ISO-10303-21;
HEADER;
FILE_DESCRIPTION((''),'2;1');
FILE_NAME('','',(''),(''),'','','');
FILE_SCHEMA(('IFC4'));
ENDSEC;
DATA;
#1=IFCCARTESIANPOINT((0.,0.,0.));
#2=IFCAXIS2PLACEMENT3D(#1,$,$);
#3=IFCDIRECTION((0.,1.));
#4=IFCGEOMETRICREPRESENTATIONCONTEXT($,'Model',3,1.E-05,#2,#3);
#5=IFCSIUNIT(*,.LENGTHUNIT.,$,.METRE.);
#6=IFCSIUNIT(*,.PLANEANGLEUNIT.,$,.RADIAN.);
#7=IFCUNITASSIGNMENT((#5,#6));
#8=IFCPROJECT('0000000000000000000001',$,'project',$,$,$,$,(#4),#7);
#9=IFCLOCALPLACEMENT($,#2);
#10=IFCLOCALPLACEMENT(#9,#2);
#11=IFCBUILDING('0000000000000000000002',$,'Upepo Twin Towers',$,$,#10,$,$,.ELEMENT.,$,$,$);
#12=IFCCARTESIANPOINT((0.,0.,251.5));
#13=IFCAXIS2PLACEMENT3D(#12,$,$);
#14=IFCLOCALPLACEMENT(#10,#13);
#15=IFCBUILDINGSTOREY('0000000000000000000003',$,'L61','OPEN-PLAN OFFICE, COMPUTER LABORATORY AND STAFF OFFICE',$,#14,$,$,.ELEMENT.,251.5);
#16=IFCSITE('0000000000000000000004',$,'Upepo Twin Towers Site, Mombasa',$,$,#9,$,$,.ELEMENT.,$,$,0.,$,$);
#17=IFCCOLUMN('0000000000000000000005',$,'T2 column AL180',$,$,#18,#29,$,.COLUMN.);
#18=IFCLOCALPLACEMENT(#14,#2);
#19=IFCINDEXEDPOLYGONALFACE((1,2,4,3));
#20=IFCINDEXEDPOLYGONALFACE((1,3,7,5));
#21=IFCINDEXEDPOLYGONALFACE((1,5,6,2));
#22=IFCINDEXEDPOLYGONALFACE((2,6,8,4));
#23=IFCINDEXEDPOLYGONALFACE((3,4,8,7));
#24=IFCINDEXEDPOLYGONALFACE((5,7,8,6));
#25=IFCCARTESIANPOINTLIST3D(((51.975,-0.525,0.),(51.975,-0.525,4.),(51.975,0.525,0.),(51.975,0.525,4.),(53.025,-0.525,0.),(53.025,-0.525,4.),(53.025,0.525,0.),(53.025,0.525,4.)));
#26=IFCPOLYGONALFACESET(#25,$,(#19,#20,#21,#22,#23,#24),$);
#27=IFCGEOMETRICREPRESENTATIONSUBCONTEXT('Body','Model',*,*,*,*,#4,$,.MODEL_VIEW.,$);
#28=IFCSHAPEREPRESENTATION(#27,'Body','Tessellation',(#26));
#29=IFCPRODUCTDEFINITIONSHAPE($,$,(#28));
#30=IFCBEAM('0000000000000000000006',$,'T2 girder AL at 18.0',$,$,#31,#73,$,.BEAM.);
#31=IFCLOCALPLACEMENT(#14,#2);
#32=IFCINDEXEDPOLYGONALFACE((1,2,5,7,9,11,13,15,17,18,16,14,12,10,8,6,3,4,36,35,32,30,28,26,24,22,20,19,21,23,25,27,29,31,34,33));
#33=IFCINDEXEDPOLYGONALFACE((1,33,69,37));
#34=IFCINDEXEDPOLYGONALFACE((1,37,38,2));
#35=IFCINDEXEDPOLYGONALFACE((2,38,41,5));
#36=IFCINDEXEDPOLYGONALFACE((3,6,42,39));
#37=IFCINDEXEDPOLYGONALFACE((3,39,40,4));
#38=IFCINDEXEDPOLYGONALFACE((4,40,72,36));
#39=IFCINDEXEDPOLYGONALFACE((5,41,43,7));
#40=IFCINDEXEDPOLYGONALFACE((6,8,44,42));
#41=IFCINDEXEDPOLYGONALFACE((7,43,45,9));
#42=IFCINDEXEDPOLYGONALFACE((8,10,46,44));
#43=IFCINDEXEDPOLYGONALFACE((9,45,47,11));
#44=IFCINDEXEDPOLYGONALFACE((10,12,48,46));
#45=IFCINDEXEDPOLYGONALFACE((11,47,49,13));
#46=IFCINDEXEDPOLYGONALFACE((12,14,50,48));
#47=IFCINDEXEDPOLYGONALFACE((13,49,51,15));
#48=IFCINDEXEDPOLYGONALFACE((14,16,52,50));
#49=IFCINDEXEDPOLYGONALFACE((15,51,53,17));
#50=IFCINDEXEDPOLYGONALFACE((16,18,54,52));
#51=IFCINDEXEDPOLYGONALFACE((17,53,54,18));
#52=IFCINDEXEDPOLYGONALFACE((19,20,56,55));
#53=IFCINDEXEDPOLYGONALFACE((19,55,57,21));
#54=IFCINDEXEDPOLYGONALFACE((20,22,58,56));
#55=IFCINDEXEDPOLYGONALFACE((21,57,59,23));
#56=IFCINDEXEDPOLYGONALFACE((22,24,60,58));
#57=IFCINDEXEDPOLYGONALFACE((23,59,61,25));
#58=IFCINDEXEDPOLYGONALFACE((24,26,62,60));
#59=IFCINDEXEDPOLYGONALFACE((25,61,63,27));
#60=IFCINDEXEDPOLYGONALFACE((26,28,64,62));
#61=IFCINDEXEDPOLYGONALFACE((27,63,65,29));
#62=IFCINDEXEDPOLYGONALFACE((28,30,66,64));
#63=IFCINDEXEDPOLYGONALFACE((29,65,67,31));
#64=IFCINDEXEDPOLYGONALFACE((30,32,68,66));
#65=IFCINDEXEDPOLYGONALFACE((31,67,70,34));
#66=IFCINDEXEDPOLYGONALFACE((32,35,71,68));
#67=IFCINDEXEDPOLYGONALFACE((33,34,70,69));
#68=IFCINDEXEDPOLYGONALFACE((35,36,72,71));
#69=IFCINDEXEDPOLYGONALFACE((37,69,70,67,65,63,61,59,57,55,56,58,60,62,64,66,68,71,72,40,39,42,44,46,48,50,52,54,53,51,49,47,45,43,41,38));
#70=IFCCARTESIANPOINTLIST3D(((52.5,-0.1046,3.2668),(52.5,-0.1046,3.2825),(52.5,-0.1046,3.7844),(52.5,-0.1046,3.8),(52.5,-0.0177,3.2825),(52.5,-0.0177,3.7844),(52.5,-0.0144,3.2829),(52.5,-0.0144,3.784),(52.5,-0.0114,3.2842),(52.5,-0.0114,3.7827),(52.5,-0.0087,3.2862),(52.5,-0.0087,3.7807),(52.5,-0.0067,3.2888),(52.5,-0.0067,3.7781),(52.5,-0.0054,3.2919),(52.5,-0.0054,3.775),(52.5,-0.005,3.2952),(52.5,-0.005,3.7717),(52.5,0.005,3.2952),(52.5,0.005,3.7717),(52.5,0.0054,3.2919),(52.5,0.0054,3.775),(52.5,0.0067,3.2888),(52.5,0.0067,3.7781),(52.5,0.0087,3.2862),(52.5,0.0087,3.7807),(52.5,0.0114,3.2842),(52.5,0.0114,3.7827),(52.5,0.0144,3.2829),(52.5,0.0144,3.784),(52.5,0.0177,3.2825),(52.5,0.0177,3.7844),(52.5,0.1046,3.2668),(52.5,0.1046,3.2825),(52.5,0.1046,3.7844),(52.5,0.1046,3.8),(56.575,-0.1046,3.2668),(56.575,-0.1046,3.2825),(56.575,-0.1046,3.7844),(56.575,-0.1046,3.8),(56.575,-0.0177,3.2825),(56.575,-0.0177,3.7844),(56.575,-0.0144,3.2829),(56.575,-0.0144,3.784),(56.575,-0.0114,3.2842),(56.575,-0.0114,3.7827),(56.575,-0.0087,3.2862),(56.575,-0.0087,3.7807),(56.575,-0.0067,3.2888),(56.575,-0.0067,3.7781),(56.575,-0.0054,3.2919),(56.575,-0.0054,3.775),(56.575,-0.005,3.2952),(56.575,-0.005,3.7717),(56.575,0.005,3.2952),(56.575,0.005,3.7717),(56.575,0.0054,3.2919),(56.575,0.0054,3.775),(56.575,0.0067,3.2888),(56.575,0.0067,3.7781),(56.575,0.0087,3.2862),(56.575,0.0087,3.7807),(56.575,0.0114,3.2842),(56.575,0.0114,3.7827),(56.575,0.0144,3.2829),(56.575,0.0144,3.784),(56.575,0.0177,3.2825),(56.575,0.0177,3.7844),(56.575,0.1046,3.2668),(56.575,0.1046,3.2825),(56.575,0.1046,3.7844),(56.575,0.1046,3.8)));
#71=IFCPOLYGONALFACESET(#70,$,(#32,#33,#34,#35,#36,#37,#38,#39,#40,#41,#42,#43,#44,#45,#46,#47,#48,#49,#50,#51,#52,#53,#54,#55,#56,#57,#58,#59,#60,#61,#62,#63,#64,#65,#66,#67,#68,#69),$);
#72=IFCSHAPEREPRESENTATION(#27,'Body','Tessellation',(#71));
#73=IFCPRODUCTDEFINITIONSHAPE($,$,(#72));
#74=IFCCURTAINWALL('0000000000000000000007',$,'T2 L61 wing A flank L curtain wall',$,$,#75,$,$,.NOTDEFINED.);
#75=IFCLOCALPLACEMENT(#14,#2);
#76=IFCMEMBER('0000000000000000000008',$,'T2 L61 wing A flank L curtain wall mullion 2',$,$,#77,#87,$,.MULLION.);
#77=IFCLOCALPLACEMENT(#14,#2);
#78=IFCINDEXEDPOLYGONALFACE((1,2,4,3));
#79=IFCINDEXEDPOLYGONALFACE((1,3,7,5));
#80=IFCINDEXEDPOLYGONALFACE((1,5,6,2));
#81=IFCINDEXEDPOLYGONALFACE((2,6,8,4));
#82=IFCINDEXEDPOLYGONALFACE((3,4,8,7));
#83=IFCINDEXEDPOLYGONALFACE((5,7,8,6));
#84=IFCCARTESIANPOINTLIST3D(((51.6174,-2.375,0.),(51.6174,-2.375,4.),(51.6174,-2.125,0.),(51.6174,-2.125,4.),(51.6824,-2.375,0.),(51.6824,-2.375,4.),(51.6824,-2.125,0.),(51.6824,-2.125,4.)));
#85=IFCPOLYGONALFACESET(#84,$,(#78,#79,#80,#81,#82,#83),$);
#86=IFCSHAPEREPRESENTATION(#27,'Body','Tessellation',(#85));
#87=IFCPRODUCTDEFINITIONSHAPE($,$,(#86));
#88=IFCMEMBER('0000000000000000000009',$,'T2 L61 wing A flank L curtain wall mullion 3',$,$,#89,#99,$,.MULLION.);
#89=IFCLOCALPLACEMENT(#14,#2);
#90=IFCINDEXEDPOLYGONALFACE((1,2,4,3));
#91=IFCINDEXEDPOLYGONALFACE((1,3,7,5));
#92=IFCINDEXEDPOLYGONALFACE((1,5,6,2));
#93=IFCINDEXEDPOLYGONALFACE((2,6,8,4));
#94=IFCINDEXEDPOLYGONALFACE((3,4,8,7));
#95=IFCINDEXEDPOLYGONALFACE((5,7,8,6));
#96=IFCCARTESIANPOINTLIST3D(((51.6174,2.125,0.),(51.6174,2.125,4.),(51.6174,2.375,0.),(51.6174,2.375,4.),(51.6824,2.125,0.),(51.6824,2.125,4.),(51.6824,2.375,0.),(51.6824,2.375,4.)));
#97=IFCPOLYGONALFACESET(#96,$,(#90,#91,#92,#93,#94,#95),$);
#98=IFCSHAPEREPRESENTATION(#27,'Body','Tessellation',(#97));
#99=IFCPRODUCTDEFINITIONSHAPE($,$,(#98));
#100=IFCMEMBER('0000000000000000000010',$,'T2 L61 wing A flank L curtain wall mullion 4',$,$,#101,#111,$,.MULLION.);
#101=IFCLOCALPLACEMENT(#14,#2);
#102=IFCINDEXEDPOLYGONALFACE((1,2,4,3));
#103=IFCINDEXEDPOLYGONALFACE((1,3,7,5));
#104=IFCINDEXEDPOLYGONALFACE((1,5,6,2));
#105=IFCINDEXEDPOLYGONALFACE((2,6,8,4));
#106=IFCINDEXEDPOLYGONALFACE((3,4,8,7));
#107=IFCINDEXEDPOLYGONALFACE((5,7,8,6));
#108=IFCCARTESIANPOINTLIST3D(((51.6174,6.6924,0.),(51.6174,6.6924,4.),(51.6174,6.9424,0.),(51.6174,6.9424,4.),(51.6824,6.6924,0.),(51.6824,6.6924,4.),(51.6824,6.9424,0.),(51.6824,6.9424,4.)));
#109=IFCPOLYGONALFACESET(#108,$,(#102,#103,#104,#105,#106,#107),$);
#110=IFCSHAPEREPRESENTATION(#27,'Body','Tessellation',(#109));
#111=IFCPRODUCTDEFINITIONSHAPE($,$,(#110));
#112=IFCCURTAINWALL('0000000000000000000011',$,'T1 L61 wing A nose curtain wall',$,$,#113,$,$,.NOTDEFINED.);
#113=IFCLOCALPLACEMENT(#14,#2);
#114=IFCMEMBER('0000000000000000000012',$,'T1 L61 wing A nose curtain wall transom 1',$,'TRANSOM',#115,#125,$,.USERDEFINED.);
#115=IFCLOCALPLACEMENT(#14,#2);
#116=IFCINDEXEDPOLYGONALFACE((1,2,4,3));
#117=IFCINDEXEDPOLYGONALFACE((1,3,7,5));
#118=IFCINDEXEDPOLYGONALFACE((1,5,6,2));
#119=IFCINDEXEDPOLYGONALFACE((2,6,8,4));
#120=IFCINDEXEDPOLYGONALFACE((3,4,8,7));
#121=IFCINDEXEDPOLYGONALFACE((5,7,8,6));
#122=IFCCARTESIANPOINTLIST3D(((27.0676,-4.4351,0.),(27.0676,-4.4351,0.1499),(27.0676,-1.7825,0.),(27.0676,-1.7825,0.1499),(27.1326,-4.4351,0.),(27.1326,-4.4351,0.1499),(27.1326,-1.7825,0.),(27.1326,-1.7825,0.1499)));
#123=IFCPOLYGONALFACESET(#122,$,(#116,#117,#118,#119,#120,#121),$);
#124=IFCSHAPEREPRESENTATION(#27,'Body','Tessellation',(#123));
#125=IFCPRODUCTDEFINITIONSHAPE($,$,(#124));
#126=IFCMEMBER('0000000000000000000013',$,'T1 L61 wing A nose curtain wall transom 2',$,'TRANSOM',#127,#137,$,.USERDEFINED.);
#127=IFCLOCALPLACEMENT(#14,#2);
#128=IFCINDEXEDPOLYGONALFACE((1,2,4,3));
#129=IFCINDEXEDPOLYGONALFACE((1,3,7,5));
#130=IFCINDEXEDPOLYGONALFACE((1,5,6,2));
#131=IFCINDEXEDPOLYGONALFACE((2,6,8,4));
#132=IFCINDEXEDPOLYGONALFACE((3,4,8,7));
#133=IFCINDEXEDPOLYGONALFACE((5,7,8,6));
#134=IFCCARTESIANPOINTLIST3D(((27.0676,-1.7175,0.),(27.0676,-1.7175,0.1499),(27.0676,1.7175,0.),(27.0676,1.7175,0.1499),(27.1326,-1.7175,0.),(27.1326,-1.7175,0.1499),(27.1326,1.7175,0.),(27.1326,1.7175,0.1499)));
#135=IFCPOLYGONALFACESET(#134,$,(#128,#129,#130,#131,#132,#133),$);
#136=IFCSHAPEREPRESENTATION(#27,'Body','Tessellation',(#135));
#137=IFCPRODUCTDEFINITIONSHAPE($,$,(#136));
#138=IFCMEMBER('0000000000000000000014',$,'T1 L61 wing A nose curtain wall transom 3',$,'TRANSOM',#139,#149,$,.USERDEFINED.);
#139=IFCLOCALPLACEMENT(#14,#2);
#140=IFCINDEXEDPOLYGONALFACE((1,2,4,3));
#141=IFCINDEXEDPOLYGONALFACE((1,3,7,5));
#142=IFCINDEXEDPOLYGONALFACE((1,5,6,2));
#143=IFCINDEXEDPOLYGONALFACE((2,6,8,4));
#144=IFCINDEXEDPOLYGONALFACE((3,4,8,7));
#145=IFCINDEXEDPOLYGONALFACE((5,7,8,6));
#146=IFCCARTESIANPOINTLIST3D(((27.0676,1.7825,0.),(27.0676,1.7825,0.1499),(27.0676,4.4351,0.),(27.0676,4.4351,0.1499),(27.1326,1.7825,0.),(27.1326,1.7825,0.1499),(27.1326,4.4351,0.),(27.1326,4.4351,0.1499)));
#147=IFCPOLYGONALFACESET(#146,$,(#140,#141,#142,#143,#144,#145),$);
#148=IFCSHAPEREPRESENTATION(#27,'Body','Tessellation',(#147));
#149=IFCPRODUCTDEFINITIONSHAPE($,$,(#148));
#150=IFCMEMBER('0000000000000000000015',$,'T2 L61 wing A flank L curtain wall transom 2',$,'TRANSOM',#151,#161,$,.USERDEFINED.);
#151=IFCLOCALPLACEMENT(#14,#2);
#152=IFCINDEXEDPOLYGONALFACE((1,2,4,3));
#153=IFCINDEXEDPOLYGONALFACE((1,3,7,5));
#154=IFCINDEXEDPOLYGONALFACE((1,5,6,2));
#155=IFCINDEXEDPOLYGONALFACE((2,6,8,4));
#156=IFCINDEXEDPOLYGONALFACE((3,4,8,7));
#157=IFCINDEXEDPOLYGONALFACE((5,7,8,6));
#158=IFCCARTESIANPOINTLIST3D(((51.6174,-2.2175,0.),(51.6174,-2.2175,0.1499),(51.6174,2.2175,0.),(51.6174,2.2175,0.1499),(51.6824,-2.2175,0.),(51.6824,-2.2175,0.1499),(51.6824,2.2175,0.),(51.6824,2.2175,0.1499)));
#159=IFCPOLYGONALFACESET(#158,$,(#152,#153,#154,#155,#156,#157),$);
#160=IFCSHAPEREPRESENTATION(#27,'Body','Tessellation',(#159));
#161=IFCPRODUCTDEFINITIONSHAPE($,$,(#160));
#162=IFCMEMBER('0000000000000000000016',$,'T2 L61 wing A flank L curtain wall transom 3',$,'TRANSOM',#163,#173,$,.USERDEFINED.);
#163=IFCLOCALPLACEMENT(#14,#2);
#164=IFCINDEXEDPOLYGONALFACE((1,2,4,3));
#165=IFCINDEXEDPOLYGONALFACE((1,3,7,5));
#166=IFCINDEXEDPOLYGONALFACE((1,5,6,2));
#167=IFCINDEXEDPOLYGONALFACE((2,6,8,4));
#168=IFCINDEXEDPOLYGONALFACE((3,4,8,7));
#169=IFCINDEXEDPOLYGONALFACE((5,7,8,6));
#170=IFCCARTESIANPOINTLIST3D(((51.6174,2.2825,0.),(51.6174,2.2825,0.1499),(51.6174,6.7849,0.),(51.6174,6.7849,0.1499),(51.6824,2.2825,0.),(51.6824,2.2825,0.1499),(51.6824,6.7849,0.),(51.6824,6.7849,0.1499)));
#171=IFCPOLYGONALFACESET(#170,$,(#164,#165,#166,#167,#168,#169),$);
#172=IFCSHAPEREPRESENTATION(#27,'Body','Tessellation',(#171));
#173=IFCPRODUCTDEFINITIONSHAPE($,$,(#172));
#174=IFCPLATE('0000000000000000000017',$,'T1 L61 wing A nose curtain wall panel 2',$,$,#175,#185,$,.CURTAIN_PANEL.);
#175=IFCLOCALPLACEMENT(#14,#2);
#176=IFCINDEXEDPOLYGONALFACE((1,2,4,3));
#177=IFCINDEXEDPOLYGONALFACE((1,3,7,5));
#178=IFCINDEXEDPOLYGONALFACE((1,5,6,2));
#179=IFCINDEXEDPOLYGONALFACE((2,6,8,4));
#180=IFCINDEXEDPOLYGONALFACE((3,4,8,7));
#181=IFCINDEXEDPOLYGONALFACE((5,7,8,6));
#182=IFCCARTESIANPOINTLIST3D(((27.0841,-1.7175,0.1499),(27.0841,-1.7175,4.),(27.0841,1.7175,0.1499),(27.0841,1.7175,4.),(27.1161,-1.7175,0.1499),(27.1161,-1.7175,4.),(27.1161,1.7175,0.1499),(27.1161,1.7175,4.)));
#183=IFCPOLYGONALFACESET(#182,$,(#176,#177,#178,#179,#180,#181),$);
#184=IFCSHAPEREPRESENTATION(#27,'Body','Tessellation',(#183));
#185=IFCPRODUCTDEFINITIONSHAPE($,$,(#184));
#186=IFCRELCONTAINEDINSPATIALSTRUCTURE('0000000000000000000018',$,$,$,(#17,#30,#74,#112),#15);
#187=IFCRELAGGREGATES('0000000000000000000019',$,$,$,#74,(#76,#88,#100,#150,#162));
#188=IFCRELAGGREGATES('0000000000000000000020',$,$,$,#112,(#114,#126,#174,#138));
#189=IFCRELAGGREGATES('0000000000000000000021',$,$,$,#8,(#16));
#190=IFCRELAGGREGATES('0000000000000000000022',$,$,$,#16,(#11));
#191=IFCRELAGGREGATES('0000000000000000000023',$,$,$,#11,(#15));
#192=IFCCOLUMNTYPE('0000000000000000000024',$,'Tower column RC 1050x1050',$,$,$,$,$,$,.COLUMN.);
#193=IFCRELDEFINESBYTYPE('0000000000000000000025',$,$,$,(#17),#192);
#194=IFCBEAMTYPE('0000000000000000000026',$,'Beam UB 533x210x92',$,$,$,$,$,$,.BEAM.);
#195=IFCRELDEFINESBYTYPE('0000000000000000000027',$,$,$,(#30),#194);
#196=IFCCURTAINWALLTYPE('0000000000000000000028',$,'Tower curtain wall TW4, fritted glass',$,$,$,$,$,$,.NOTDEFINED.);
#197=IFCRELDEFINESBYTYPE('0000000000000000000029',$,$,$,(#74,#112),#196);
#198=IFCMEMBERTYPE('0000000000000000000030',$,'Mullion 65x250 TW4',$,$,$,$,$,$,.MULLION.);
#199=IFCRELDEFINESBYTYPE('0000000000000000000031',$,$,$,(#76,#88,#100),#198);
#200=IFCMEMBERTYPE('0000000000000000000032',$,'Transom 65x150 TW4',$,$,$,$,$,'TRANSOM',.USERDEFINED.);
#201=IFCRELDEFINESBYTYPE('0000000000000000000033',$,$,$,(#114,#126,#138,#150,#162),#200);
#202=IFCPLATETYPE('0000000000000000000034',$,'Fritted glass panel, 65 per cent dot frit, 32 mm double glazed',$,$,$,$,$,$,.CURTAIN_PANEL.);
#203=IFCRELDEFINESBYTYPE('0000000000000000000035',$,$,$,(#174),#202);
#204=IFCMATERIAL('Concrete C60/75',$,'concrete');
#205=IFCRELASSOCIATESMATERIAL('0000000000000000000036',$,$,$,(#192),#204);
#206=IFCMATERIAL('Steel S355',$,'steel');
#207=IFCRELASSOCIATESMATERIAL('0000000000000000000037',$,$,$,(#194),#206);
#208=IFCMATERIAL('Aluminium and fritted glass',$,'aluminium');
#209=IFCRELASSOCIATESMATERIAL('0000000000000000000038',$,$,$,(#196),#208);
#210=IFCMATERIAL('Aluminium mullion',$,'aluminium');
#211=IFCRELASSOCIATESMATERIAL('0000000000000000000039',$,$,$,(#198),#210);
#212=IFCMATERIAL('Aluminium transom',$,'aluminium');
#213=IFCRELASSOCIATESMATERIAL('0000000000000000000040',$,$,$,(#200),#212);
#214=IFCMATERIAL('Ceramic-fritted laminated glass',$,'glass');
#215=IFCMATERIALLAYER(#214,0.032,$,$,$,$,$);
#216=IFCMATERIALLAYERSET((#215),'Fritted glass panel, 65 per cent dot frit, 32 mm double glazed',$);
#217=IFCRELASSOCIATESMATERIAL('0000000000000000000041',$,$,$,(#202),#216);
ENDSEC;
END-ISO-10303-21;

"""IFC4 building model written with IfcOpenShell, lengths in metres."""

from ifc_helpers import new_model, si_unit, direction, frame, origin, origin_2d, place, context, subcontext, project, spatial, rectangle, i_section, extrude, material, layer, layer_set, material_profile, profile_set, type_object, element, aggregate, save


model = new_model("IFC4")

# Units and contexts
model_context = context("Model", 3, precision=1e-05, world=origin(), true_north=direction((0.0, 1.0)))
body_context = subcontext(model_context, "Body", "Model", "MODEL_VIEW")
ifc_project = project(units=[si_unit("LENGTHUNIT", "METRE"), si_unit("PLANEANGLEUNIT", "RADIAN")], contexts=[model_context])

# Site, building, storey
site_placement = place(None, origin())
site = spatial("IfcSite", under=ifc_project, at=site_placement, Name="Upepo Twin Towers Site, Mombasa", CompositionType="ELEMENT", RefElevation=0.0)
building_placement = place(site_placement, origin())
building = spatial("IfcBuilding", under=site, at=building_placement, Name="Upepo Twin Towers", CompositionType="ELEMENT")
storey_placement = place(building_placement, frame((0.0, 0.0, 251.5)))
storey = spatial("IfcBuildingStorey", under=building, at=storey_placement, Name="L61", Description="OPEN-PLAN OFFICE, COMPUTER LABORATORY AND STAFF OFFICE", CompositionType="ELEMENT", Elevation=251.5)

# Column
ifc_material_1 = material(Name="Concrete C60/75", Category="concrete")
ifc_material_profile_1 = material_profile(ifc_material_1, rectangle(XDim=1.05, YDim=1.05, at=origin_2d()), Name="RC 1050x1050")
ifc_profile_set_1 = profile_set([ifc_material_profile_1], Name="Concrete C60/75")
column_type = type_object("IfcColumnType", Name="Tower column RC 1050x1050", PredefinedType="COLUMN", material=ifc_profile_set_1)
column_placement = place(storey_placement, frame((52.5, 0.0, 0.0), z_axis=(0.0, 0.0, 1.0), x_axis=(1.0, 0.0, 0.0)))
element("IfcColumn", 1, at=column_placement, inside=storey, type_object=column_type, Name="T2 column AL180", PredefinedType="COLUMN", context=body_context, shape_type="SweptSolid", body=[
    extrude(rectangle(XDim=1.05, YDim=1.05, at=origin_2d()), origin(), (0.0, 0.0, 1.0), 4.0),
])

# Beam
ifc_material_2 = material(Name="Steel S355", Category="steel")
ifc_material_profile_2 = material_profile(ifc_material_2, i_section(OverallWidth=0.2092, OverallDepth=0.5332, WebThickness=0.01, FlangeThickness=0.0156, FilletRadius=0.0127, at=origin_2d()), Name="UB 533x210x92")
ifc_profile_set_2 = profile_set([ifc_material_profile_2], Name="Steel S355")
beam_type = type_object("IfcBeamType", Name="Beam UB 533x210x92", PredefinedType="BEAM", material=ifc_profile_set_2)
beam_placement = place(storey_placement, frame((52.5, 0.0, 3.5334), z_axis=(1.0, 0.0, 0.0), x_axis=(0.0, 1.0, 0.0)))
element("IfcBeam", 2, at=beam_placement, inside=storey, type_object=beam_type, Name="T2 girder AL at 18.0", PredefinedType="BEAM", context=body_context, shape_type="SweptSolid", body=[
    extrude(i_section(OverallWidth=0.2092, OverallDepth=0.5332, WebThickness=0.01, FlangeThickness=0.0156, FilletRadius=0.0127, at=origin_2d()), origin(), (0.0, 0.0, 1.0), 4.075),
])

# Curtain walls, members
ifc_material_3 = material(Name="Aluminium and fritted glass", Category="aluminium")
curtain_wall_type = type_object("IfcCurtainWallType", Name="Tower curtain wall TW4, fritted glass", PredefinedType="NOTDEFINED", material=ifc_material_3)
curtain_wall_1_placement = place(storey_placement, origin())
curtain_wall_1 = element("IfcCurtainWall", 3, at=curtain_wall_1_placement, inside=storey, type_object=curtain_wall_type, Name="T2 L61 wing A flank L curtain wall", PredefinedType="NOTDEFINED")
ifc_material_4 = material(Name="Aluminium mullion", Category="aluminium")
ifc_material_profile_3 = material_profile(ifc_material_4, rectangle(XDim=0.0649, YDim=0.25, at=origin_2d()), Name="MULLION 65x250")
ifc_profile_set_3 = profile_set([ifc_material_profile_3], Name="Aluminium mullion")
member_type_1 = type_object("IfcMemberType", Name="Mullion 65x250 TW4", PredefinedType="MULLION", material=ifc_profile_set_3)
member_1_placement = place(storey_placement, frame((51.6499, -2.25, 0.0), z_axis=(0.0, 0.0, 1.0), x_axis=(-1.0, 0.0, 0.0)))
member_1 = element("IfcMember", 4, at=member_1_placement, type_object=member_type_1, Name="T2 L61 wing A flank L curtain wall mullion 2", PredefinedType="MULLION", context=body_context, shape_type="SweptSolid", body=[
    extrude(rectangle(XDim=0.0649, YDim=0.25, at=origin_2d()), origin(), (0.0, 0.0, 1.0), 4.0),
])
member_2_placement = place(storey_placement, frame((51.6499, 2.25, 0.0), z_axis=(0.0, 0.0, 1.0), x_axis=(-1.0, 0.0, 0.0)))
member_2 = element("IfcMember", 5, at=member_2_placement, type_object=member_type_1, Name="T2 L61 wing A flank L curtain wall mullion 3", PredefinedType="MULLION", context=body_context, shape_type="SweptSolid", body=[
    extrude(rectangle(XDim=0.0649, YDim=0.25, at=origin_2d()), origin(), (0.0, 0.0, 1.0), 4.0),
])
member_3_placement = place(storey_placement, frame((51.6499, 6.8174, 0.0), z_axis=(0.0, 0.0, 1.0), x_axis=(-1.0, 0.0, 0.0)))
member_3 = element("IfcMember", 6, at=member_3_placement, type_object=member_type_1, Name="T2 L61 wing A flank L curtain wall mullion 4", PredefinedType="MULLION", context=body_context, shape_type="SweptSolid", body=[
    extrude(rectangle(XDim=0.0649, YDim=0.25, at=origin_2d()), origin(), (0.0, 0.0, 1.0), 4.0),
])
curtain_wall_2_placement = place(storey_placement, origin())
curtain_wall_2 = element("IfcCurtainWall", 7, at=curtain_wall_2_placement, inside=storey, type_object=curtain_wall_type, Name="T1 L61 wing A nose curtain wall", PredefinedType="NOTDEFINED")
ifc_material_5 = material(Name="Aluminium transom", Category="aluminium")
ifc_material_profile_4 = material_profile(ifc_material_5, rectangle(XDim=0.0649, YDim=0.1499, at=origin_2d()), Name="TRANSOM 65x150")
ifc_profile_set_4 = profile_set([ifc_material_profile_4], Name="Aluminium transom")
member_type_2 = type_object("IfcMemberType", Name="Transom 65x150 TW4", ElementType="TRANSOM", PredefinedType="USERDEFINED", material=ifc_profile_set_4)
member_4_placement = place(storey_placement, frame((27.1001, -4.4351, 0.075), z_axis=(0.0, 1.0, 0.0), x_axis=(-1.0, 0.0, 0.0)))
member_4 = element("IfcMember", 8, at=member_4_placement, type_object=member_type_2, Name="T1 L61 wing A nose curtain wall transom 1", ObjectType="TRANSOM", PredefinedType="USERDEFINED", context=body_context, shape_type="SweptSolid", body=[
    extrude(rectangle(XDim=0.0649, YDim=0.1499, at=origin_2d()), origin(), (0.0, 0.0, 1.0), 2.6526),
])
member_5_placement = place(storey_placement, frame((27.1001, -1.7175, 0.075), z_axis=(0.0, 1.0, 0.0), x_axis=(-1.0, 0.0, 0.0)))
member_5 = element("IfcMember", 9, at=member_5_placement, type_object=member_type_2, Name="T1 L61 wing A nose curtain wall transom 2", ObjectType="TRANSOM", PredefinedType="USERDEFINED", context=body_context, shape_type="SweptSolid", body=[
    extrude(rectangle(XDim=0.0649, YDim=0.1499, at=origin_2d()), origin(), (0.0, 0.0, 1.0), 3.4351),
])
member_6_placement = place(storey_placement, frame((27.1001, 1.7825, 0.075), z_axis=(0.0, 1.0, 0.0), x_axis=(-1.0, 0.0, 0.0)))
member_6 = element("IfcMember", 10, at=member_6_placement, type_object=member_type_2, Name="T1 L61 wing A nose curtain wall transom 3", ObjectType="TRANSOM", PredefinedType="USERDEFINED", context=body_context, shape_type="SweptSolid", body=[
    extrude(rectangle(XDim=0.0649, YDim=0.1499, at=origin_2d()), origin(), (0.0, 0.0, 1.0), 2.6526),
])

# Members
member_7_placement = place(storey_placement, frame((51.6499, -2.2175, 0.075), z_axis=(0.0, 1.0, 0.0), x_axis=(-1.0, 0.0, 0.0)))
member_7 = element("IfcMember", 11, at=member_7_placement, type_object=member_type_2, Name="T2 L61 wing A flank L curtain wall transom 2", ObjectType="TRANSOM", PredefinedType="USERDEFINED", context=body_context, shape_type="SweptSolid", body=[
    extrude(rectangle(XDim=0.0649, YDim=0.1499, at=origin_2d()), origin(), (0.0, 0.0, 1.0), 4.4351),
])
member_8_placement = place(storey_placement, frame((51.6499, 2.2825, 0.075), z_axis=(0.0, 1.0, 0.0), x_axis=(-1.0, 0.0, 0.0)))
member_8 = element("IfcMember", 12, at=member_8_placement, type_object=member_type_2, Name="T2 L61 wing A flank L curtain wall transom 3", ObjectType="TRANSOM", PredefinedType="USERDEFINED", context=body_context, shape_type="SweptSolid", body=[
    extrude(rectangle(XDim=0.0649, YDim=0.1499, at=origin_2d()), origin(), (0.0, 0.0, 1.0), 4.5024),
])

# Plate
ifc_material_6 = material(Name="Ceramic-fritted laminated glass", Category="glass")
ifc_layer_1 = layer(ifc_material_6, 0.032)
ifc_layer_set_1 = layer_set([ifc_layer_1], Name="Fritted glass panel, 65 per cent dot frit, 32 mm double glazed")
plate_type_1 = type_object("IfcPlateType", Name="Fritted glass panel, 65 per cent dot frit, 32 mm double glazed", PredefinedType="CURTAIN_PANEL", material=ifc_layer_set_1)
plate_1_placement = place(storey_placement, frame((27.1001, 0.0, 0.1499), z_axis=(0.0, 0.0, 1.0), x_axis=(0.0, 1.0, 0.0)))
plate_1 = element("IfcPlate", 13, at=plate_1_placement, type_object=plate_type_1, Name="T1 L61 wing A nose curtain wall panel 2", PredefinedType="CURTAIN_PANEL", context=body_context, shape_type="SweptSolid", body=[
    extrude(rectangle(XDim=3.4351, YDim=0.032, at=origin_2d()), origin(), (0.0, 0.0, 1.0), 3.8501),
])
aggregate(curtain_wall_1, [member_1, member_2, member_3, member_7, member_8])
aggregate(curtain_wall_2, [member_4, member_5, plate_1, member_6])

save(model, "model.ifc")
